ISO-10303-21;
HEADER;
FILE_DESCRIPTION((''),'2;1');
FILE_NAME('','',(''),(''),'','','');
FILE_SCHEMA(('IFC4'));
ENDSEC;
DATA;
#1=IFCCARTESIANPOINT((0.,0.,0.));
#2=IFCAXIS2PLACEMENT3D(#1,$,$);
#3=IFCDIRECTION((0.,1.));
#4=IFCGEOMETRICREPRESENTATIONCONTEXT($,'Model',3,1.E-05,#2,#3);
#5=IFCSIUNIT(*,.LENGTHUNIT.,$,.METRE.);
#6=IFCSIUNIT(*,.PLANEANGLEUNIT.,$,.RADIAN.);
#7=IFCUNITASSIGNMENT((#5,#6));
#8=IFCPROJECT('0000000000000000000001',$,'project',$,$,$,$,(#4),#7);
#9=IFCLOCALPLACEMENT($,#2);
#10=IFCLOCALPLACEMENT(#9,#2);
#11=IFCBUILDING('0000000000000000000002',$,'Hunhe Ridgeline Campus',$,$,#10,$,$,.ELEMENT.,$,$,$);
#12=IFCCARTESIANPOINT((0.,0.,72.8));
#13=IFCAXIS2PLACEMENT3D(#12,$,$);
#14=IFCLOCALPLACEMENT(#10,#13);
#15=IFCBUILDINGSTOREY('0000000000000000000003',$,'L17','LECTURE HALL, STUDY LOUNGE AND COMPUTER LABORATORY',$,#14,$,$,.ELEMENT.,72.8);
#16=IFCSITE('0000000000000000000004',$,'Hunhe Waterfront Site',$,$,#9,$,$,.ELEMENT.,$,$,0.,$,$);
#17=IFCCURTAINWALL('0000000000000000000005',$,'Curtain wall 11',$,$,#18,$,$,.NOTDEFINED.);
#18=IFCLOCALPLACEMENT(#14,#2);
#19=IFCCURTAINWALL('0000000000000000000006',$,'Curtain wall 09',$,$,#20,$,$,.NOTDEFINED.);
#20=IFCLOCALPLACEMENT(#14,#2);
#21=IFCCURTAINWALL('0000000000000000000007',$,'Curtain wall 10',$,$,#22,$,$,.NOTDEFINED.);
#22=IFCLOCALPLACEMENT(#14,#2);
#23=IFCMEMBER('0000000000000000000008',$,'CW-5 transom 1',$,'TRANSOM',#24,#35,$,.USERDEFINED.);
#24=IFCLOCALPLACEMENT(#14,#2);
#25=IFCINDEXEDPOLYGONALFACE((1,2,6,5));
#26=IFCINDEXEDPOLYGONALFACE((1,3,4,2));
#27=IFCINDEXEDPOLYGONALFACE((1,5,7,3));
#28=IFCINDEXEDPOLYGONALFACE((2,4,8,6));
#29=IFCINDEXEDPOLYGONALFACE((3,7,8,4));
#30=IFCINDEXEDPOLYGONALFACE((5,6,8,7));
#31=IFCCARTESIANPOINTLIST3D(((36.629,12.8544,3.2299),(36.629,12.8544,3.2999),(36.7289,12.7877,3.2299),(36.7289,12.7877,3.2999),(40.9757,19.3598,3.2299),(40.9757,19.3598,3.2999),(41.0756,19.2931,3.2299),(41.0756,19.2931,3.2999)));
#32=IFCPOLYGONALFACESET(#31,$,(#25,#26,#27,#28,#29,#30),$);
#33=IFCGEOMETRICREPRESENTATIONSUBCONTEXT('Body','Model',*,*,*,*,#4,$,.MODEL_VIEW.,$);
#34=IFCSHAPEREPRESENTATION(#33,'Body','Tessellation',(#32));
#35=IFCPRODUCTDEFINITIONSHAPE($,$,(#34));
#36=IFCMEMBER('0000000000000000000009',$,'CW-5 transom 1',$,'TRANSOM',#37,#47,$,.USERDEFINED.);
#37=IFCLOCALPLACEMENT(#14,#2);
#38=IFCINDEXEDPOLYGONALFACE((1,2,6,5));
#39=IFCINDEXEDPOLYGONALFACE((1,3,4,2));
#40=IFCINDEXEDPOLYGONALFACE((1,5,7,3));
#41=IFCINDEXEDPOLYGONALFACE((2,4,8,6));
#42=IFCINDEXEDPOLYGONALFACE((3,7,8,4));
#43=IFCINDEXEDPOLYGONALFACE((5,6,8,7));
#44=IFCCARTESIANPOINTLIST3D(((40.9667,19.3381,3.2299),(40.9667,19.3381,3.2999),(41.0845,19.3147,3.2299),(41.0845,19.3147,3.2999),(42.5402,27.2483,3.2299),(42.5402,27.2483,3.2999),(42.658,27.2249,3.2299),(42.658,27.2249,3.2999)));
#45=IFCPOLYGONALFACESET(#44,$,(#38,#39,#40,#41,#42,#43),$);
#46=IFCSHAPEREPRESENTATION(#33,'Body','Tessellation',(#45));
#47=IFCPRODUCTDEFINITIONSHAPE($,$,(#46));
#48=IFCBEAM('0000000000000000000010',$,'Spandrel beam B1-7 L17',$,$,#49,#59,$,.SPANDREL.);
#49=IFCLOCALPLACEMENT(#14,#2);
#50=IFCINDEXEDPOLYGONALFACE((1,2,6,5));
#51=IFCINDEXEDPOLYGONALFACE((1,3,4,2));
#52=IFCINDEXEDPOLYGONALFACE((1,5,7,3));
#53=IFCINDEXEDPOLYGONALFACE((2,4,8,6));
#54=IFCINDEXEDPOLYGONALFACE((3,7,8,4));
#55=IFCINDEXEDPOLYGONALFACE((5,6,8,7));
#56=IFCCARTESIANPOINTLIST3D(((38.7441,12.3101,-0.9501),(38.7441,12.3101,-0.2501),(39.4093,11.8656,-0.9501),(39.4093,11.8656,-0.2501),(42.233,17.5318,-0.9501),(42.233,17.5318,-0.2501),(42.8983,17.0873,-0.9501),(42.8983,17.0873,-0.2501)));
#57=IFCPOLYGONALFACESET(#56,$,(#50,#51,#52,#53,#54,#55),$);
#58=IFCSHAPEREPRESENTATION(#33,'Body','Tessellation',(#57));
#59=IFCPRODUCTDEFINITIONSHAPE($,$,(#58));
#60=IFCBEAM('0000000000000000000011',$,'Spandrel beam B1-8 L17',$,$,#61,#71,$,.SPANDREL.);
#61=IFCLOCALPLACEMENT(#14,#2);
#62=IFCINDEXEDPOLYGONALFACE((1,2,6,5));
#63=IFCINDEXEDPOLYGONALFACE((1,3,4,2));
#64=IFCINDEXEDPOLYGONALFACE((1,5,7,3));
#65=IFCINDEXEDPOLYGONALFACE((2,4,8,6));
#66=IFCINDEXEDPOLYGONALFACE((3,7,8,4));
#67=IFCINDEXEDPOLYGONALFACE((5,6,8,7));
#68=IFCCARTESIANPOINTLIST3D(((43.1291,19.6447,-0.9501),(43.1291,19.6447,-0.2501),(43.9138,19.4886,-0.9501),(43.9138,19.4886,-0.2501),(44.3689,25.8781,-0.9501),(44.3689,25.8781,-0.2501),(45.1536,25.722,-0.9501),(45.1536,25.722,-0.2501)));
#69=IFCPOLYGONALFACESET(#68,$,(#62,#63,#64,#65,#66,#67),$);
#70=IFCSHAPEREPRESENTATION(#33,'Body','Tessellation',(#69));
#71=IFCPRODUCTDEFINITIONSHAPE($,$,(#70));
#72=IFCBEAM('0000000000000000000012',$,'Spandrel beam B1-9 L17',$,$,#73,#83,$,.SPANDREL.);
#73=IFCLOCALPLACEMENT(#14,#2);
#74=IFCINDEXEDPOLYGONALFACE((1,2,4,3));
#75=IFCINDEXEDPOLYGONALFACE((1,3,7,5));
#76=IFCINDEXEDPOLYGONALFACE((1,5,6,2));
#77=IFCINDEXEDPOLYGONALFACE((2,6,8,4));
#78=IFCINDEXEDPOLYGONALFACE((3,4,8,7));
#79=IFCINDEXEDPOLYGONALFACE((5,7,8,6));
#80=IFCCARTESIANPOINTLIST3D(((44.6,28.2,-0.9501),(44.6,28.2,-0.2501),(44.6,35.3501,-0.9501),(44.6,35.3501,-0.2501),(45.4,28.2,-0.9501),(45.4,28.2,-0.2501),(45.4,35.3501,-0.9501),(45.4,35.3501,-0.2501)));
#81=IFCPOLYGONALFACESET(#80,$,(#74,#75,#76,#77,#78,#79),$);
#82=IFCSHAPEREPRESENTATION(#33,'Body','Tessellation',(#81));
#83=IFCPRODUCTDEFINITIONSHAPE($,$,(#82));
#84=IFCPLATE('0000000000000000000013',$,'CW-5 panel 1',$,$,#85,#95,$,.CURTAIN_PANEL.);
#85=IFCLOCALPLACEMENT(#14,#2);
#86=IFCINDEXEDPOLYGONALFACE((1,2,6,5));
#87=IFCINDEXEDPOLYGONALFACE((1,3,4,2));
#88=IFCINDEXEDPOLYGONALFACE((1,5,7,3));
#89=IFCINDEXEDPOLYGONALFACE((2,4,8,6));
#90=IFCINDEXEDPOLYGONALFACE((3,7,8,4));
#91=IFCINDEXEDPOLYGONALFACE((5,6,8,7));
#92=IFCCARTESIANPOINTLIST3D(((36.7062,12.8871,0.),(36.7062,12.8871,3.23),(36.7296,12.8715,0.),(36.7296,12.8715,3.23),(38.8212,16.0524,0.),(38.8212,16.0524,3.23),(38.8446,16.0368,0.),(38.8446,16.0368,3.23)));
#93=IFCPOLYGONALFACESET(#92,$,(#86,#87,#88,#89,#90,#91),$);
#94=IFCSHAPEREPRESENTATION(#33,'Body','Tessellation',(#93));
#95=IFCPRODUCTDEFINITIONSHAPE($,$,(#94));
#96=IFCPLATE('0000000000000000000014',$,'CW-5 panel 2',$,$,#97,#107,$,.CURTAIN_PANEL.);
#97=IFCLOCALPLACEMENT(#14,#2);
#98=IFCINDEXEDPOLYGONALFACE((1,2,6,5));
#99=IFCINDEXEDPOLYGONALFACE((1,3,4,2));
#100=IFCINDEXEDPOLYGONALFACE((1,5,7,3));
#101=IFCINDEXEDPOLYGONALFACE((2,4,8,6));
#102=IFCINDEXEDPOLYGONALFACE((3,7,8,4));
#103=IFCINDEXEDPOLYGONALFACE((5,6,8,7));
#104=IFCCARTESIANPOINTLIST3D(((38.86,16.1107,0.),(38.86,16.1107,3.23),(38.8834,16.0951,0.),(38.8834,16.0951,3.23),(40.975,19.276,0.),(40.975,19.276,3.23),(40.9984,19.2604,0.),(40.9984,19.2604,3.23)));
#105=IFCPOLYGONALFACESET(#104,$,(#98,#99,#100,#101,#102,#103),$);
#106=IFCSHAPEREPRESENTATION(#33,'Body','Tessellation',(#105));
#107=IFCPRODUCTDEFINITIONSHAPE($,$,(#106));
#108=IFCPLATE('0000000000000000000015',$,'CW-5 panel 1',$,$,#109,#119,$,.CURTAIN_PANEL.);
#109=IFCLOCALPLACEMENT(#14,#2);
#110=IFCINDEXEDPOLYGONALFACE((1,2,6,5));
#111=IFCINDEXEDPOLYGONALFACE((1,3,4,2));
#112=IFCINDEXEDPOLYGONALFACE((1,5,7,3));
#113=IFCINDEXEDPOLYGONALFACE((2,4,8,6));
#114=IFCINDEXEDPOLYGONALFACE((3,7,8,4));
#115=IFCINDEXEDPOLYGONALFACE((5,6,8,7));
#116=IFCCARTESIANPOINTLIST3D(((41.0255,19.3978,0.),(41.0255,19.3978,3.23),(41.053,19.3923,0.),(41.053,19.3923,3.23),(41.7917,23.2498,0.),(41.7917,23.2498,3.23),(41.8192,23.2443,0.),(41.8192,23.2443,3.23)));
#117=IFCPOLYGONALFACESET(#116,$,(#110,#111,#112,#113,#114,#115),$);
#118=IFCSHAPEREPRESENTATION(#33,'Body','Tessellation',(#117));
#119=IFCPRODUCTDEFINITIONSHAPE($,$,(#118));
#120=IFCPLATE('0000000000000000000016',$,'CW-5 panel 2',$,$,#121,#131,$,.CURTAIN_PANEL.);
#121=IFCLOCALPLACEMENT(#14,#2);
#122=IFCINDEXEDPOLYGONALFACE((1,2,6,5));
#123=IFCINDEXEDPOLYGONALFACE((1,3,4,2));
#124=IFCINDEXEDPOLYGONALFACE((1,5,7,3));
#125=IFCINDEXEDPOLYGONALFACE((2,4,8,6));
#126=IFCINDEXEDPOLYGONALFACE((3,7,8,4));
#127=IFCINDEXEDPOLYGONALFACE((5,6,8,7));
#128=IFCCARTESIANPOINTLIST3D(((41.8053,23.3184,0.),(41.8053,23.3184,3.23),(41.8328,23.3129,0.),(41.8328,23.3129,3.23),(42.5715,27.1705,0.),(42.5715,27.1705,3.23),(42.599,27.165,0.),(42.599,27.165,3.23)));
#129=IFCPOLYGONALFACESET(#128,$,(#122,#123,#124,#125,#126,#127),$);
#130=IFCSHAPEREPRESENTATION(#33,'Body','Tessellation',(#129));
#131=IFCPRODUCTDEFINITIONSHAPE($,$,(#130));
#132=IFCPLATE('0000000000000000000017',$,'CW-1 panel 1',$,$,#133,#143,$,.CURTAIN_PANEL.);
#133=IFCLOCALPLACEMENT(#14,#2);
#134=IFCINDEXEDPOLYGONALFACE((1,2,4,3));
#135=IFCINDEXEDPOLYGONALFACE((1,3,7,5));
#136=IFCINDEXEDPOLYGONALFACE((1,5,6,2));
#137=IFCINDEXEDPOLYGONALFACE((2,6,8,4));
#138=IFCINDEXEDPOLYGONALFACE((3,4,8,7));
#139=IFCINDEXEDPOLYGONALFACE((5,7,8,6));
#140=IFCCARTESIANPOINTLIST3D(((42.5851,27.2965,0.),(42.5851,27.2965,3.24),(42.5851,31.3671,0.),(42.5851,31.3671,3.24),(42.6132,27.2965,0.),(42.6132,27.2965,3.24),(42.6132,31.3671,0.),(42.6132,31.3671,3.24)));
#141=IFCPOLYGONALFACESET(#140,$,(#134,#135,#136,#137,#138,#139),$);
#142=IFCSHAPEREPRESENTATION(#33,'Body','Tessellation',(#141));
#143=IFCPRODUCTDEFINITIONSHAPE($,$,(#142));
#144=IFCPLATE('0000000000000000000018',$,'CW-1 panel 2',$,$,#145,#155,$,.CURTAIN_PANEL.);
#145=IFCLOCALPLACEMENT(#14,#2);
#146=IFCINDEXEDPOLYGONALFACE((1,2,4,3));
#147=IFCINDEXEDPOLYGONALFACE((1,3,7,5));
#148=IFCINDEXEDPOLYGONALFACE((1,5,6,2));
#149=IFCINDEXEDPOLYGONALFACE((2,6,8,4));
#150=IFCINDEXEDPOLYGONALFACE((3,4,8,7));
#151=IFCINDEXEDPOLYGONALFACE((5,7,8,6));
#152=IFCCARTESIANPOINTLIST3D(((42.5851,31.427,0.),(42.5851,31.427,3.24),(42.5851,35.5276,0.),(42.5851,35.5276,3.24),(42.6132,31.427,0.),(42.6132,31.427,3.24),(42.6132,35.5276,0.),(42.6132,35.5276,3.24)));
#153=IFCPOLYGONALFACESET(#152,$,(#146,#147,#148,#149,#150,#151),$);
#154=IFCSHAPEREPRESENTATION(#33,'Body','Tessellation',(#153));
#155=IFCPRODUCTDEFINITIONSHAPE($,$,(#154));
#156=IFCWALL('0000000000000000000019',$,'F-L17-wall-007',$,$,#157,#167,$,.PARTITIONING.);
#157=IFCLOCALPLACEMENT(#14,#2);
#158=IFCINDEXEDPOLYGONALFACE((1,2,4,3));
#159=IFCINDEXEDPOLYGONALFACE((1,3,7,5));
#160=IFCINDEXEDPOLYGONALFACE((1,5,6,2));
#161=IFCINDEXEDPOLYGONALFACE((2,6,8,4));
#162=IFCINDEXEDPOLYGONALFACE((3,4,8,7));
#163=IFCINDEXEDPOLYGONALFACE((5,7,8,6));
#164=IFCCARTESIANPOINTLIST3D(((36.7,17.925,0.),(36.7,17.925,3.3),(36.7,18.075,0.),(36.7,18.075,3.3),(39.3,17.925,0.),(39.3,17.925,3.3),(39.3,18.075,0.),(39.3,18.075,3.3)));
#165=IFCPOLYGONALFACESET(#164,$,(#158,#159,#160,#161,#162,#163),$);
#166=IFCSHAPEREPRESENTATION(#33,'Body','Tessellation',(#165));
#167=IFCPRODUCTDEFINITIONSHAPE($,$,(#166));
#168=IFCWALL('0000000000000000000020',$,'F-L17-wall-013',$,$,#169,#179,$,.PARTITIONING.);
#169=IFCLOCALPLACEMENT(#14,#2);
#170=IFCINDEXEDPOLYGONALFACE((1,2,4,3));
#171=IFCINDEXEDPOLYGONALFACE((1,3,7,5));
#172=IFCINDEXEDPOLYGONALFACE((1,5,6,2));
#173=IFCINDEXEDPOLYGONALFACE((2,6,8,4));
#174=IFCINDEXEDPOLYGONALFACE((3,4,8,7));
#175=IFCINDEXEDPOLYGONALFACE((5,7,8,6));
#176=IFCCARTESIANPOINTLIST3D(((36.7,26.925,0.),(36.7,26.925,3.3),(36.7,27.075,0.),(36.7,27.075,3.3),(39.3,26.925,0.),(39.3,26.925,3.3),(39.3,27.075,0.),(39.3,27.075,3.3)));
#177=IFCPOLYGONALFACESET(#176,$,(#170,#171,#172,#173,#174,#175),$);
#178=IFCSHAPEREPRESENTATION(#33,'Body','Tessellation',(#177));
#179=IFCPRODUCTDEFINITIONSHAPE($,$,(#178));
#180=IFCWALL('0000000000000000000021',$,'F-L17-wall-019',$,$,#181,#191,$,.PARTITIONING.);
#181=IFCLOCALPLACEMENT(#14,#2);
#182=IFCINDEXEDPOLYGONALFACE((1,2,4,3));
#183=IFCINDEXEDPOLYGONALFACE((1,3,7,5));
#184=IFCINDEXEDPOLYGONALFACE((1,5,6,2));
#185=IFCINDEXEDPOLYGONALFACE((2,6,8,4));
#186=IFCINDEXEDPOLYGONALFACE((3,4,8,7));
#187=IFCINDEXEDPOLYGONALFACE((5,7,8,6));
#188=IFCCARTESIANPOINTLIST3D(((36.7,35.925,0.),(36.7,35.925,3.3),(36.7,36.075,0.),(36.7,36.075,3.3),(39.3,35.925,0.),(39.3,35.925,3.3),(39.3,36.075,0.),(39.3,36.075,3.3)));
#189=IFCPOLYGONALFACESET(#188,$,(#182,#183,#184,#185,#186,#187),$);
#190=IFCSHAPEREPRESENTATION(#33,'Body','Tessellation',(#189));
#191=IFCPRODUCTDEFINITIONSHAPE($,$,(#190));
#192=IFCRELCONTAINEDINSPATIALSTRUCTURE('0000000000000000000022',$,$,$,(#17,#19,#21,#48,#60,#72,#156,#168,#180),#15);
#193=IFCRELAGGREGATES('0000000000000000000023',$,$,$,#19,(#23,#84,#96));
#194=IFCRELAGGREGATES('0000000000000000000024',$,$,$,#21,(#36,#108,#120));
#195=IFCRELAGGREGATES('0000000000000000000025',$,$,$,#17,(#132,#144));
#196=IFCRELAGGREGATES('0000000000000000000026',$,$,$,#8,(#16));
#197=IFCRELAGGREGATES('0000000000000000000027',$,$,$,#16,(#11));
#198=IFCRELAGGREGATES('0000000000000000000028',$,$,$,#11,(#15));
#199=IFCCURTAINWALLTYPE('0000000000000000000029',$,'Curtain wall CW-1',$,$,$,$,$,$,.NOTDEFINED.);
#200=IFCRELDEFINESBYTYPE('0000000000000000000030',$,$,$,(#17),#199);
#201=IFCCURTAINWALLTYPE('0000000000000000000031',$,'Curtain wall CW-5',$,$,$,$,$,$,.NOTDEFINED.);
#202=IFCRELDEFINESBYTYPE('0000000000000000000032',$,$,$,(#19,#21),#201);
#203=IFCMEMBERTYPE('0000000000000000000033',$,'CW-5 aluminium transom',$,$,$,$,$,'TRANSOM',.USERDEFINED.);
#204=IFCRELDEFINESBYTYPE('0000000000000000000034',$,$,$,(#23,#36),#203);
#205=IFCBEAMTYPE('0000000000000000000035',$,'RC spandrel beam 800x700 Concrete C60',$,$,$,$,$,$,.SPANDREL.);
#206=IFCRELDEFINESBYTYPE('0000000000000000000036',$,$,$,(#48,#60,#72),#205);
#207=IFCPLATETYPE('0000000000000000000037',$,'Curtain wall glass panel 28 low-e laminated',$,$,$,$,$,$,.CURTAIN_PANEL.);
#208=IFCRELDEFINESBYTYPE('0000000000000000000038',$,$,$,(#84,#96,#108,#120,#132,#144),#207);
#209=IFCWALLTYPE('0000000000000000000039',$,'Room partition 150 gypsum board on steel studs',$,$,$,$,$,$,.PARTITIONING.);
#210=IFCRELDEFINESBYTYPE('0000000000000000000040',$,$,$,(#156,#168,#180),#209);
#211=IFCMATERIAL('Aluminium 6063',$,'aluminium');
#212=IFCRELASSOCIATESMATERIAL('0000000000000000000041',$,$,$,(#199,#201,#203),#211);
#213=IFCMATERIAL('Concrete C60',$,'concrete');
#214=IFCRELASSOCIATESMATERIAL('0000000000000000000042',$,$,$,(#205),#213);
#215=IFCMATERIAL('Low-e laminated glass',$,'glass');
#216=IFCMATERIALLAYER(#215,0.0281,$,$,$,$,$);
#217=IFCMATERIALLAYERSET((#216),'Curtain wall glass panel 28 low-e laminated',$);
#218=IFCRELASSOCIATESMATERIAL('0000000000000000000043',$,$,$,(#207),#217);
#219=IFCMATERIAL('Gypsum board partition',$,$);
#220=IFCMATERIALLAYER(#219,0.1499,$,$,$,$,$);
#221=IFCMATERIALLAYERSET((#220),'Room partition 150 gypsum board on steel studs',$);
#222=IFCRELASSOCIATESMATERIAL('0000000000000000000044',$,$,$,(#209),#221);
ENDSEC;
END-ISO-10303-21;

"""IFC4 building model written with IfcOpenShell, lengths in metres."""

from ifc_helpers import new_model, si_unit, direction, frame, frame_2d, origin, origin_2d, place, context, subcontext, project, spatial, rectangle, extrude, material, layer, layer_set, material_profile, profile_set, type_object, element, aggregate, save


model = new_model("IFC4")

# Units and contexts
model_context = context("Model", 3, precision=1e-05, world=origin(), true_north=direction((0.0, 1.0)))
body_context = subcontext(model_context, "Body", "Model", "MODEL_VIEW")
ifc_project = project(units=[si_unit("LENGTHUNIT", "METRE"), si_unit("PLANEANGLEUNIT", "RADIAN")], contexts=[model_context])

# Site, building, storey
site_placement = place(None, origin())
site = spatial("IfcSite", under=ifc_project, at=site_placement, Name="Hunhe Waterfront Site", CompositionType="ELEMENT", RefElevation=0.0)
building_placement = place(site_placement, origin())
building = spatial("IfcBuilding", under=site, at=building_placement, Name="Hunhe Ridgeline Campus", CompositionType="ELEMENT")
storey_placement = place(building_placement, frame((0.0, 0.0, 72.8)))
storey = spatial("IfcBuildingStorey", under=building, at=storey_placement, Name="L17", Description="LECTURE HALL, STUDY LOUNGE AND COMPUTER LABORATORY", CompositionType="ELEMENT", Elevation=72.8)

# Curtain wall
ifc_material_1 = material(Name="Aluminium 6063", Category="aluminium")
curtain_wall_type_1 = type_object("IfcCurtainWallType", Name="Curtain wall CW-1", PredefinedType="NOTDEFINED", material=ifc_material_1)
curtain_wall_1_placement = place(storey_placement, origin())
curtain_wall_1 = element("IfcCurtainWall", 1, at=curtain_wall_1_placement, inside=storey, type_object=curtain_wall_type_1, Name="Curtain wall 11", PredefinedType="NOTDEFINED")

# Shared definitions
curtain_wall_type_2 = type_object("IfcCurtainWallType", Name="Curtain wall CW-5", PredefinedType="NOTDEFINED", material=ifc_material_1)

# Curtain walls
curtain_wall_2_placement = place(storey_placement, origin())
curtain_wall_2 = element("IfcCurtainWall", 2, at=curtain_wall_2_placement, inside=storey, type_object=curtain_wall_type_2, Name="Curtain wall 09", PredefinedType="NOTDEFINED")
curtain_wall_3_placement = place(storey_placement, origin())
curtain_wall_3 = element("IfcCurtainWall", 3, at=curtain_wall_3_placement, inside=storey, type_object=curtain_wall_type_2, Name="Curtain wall 10", PredefinedType="NOTDEFINED")

# Members
ifc_material_profile_1 = material_profile(ifc_material_1, rectangle(XDim=0.1201, YDim=0.0701, at=origin_2d()))
ifc_profile_set_1 = profile_set([ifc_material_profile_1], Name="Aluminium 6063")
member_type_1 = type_object("IfcMemberType", Name="CW-5 aluminium transom", ElementType="TRANSOM", PredefinedType="USERDEFINED", material=ifc_profile_set_1)
member_1_placement = place(storey_placement, frame((36.679, 12.821, 3.2649), z_axis=(0.555564, 0.831474, 0.0), x_axis=(-0.831474, 0.555564, 0.0)))
member_1 = element("IfcMember", 4, at=member_1_placement, type_object=member_type_1, Name="CW-5 transom 1", ObjectType="TRANSOM", PredefinedType="USERDEFINED", context=body_context, shape_type="SweptSolid", body=[
    extrude(rectangle(XDim=0.1201, YDim=0.0701, at=origin_2d()), origin(), (0.0, 0.0, 1.0), 7.824),
])
member_2_placement = place(storey_placement, frame((41.0256, 19.3264, 3.2649), z_axis=(0.195097, 0.980784, 0.0), x_axis=(-0.980784, 0.195097, 0.0)))
member_2 = element("IfcMember", 5, at=member_2_placement, type_object=member_type_1, Name="CW-5 transom 1", ObjectType="TRANSOM", PredefinedType="USERDEFINED", context=body_context, shape_type="SweptSolid", body=[
    extrude(rectangle(XDim=0.1201, YDim=0.0701, at=origin_2d()), origin(), (0.0, 0.0, 1.0), 8.0652),
])

# Beams
ifc_material_2 = material(Name="Concrete C60", Category="concrete")
ifc_material_profile_2 = material_profile(ifc_material_2, rectangle(XDim=0.8, YDim=0.7, at=origin_2d()))
ifc_profile_set_2 = profile_set([ifc_material_profile_2], Name="Concrete C60")
beam_type = type_object("IfcBeamType", Name="RC spandrel beam 800x700 Concrete C60", PredefinedType="SPANDREL", material=ifc_profile_set_2)
beam_1_placement = place(storey_placement, frame((39.0767, 12.0879, -0.6001), z_axis=(0.55557, 0.83147, 0.0), x_axis=(-0.83147, 0.55557, 0.0)))
element("IfcBeam", 6, at=beam_1_placement, inside=storey, type_object=beam_type, Name="Spandrel beam B1-7 L17", PredefinedType="SPANDREL", context=body_context, shape_type="SweptSolid", body=[
    extrude(rectangle(XDim=0.8, YDim=0.7, at=origin_2d()), origin(), (0.0, 0.0, 1.0), 6.28),
])
beam_2_placement = place(storey_placement, frame((43.5215, 19.5667, -0.6001), z_axis=(0.195067, 0.98079, 0.0), x_axis=(-0.98079, 0.195067, 0.0)))
element("IfcBeam", 7, at=beam_2_placement, inside=storey, type_object=beam_type, Name="Spandrel beam B1-8 L17", PredefinedType="SPANDREL", context=body_context, shape_type="SweptSolid", body=[
    extrude(rectangle(XDim=0.8, YDim=0.7, at=origin_2d()), origin(), (0.0, 0.0, 1.0), 6.3555),
])
beam_3_placement = place(storey_placement, frame((45.0, 28.2, -0.6001), z_axis=(0.0, 1.0, 0.0), x_axis=(-1.0, 0.0, 0.0)))
element("IfcBeam", 8, at=beam_3_placement, inside=storey, type_object=beam_type, Name="Spandrel beam B1-9 L17", PredefinedType="SPANDREL", context=body_context, shape_type="SweptSolid", body=[
    extrude(rectangle(XDim=0.8, YDim=0.7, at=origin_2d()), origin(), (0.0, 0.0, 1.0), 7.1501),
])

# Plates
ifc_material_3 = material(Name="Low-e laminated glass", Category="glass")
ifc_layer_1 = layer(ifc_material_3, 0.0281)
ifc_layer_set_1 = layer_set([ifc_layer_1], Name="Curtain wall glass panel 28 low-e laminated")
plate_type = type_object("IfcPlateType", Name="Curtain wall glass panel 28 low-e laminated", PredefinedType="CURTAIN_PANEL", material=ifc_layer_set_1)
plate_1_placement = place(storey_placement, frame((37.7754, 14.4619, 0.0), z_axis=(0.0, 0.0, 1.0), x_axis=(0.55557, 0.83147, 0.0)))
plate_1 = element("IfcPlate", 9, at=plate_1_placement, type_object=plate_type, Name="CW-5 panel 1", PredefinedType="CURTAIN_PANEL", context=body_context, shape_type="SweptSolid", body=[
    extrude(rectangle(XDim=3.8069, YDim=0.0281, at=origin_2d()), origin(), (0.0, 0.0, 1.0), 3.23),
])
plate_2_placement = place(storey_placement, frame((39.9292, 17.6855, 0.0), z_axis=(0.0, 0.0, 1.0), x_axis=(0.55557, 0.83147, 0.0)))
plate_2 = element("IfcPlate", 10, at=plate_2_placement, type_object=plate_type, Name="CW-5 panel 2", PredefinedType="CURTAIN_PANEL", context=body_context, shape_type="SweptSolid", body=[
    extrude(rectangle(XDim=3.8069, YDim=0.0281, at=origin_2d()), origin(), (0.0, 0.0, 1.0), 3.23),
])
aggregate(curtain_wall_2, [member_1, plate_1, plate_2])
plate_3_placement = place(storey_placement, frame((41.4224, 21.321, 0.0), z_axis=(0.0, 0.0, 1.0), x_axis=(0.19509, 0.980785, 0.0)))
plate_3 = element("IfcPlate", 11, at=plate_3_placement, type_object=plate_type, Name="CW-5 panel 1", PredefinedType="CURTAIN_PANEL", context=body_context, shape_type="SweptSolid", body=[
    extrude(rectangle(XDim=3.9275, YDim=0.0281, at=origin_2d()), origin(), (0.0, 0.0, 1.0), 3.23),
])
plate_4_placement = place(storey_placement, frame((42.2021, 25.2417, 0.0), z_axis=(0.0, 0.0, 1.0), x_axis=(0.19509, 0.980785, 0.0)))
plate_4 = element("IfcPlate", 12, at=plate_4_placement, type_object=plate_type, Name="CW-5 panel 2", PredefinedType="CURTAIN_PANEL", context=body_context, shape_type="SweptSolid", body=[
    extrude(rectangle(XDim=3.9275, YDim=0.0281, at=origin_2d()), origin(), (0.0, 0.0, 1.0), 3.23),
])
aggregate(curtain_wall_3, [member_2, plate_3, plate_4])
plate_5_placement = place(storey_placement, frame((42.5991, 29.3318, 0.0), z_axis=(0.0, 0.0, 1.0), x_axis=(0.0, 1.0, 0.0)))
plate_5 = element("IfcPlate", 13, at=plate_5_placement, type_object=plate_type, Name="CW-1 panel 1", PredefinedType="CURTAIN_PANEL", context=body_context, shape_type="SweptSolid", body=[
    extrude(rectangle(XDim=4.0706, YDim=0.0281, at=origin_2d()), origin(), (0.0, 0.0, 1.0), 3.24),
])
plate_6_placement = place(storey_placement, frame((42.5991, 33.4773, 0.0), z_axis=(0.0, 0.0, 1.0), x_axis=(0.0, 1.0, 0.0)))
plate_6 = element("IfcPlate", 14, at=plate_6_placement, type_object=plate_type, Name="CW-1 panel 2", PredefinedType="CURTAIN_PANEL", context=body_context, shape_type="SweptSolid", body=[
    extrude(rectangle(XDim=4.1006, YDim=0.0281, at=origin_2d()), origin(), (0.0, 0.0, 1.0), 3.24),
])
aggregate(curtain_wall_1, [plate_5, plate_6])

# Shared definitions
ifc_material_4 = material(Name="Gypsum board partition")

# Walls
ifc_layer_2 = layer(ifc_material_4, 0.1499)
ifc_layer_set_2 = layer_set([ifc_layer_2], Name="Room partition 150 gypsum board on steel studs")
wall_type_1 = type_object("IfcWallType", Name="Room partition 150 gypsum board on steel studs", PredefinedType="PARTITIONING", material=ifc_layer_set_2)
for number, where, z_axis, x_axis, name in (
    (15, (36.7, 18.0, 0.0), (0.0, 0.0, 1.0), (1.0, 0.0, 0.0), "F-L17-wall-007"),
    (16, (36.7, 27.0, 0.0), (0.0, 0.0, 1.0), (1.0, 0.0, 0.0), "F-L17-wall-013"),
    (17, (36.7, 36.0, 0.0), (0.0, 0.0, 1.0), (1.0, 0.0, 0.0), "F-L17-wall-019"),
):
    element("IfcWall", number, at=place(storey_placement, frame(where, z_axis=z_axis, x_axis=x_axis)), inside=storey, type_object=wall_type_1, Name=name, PredefinedType="PARTITIONING", context=body_context, shape_type="SweptSolid", body=[
        extrude(rectangle(XDim=2.6001, YDim=0.1499, at=frame_2d((1.3, 0.0))), origin(), (0.0, 0.0, 1.0), 3.3),
    ])

save(model, "model.ifc")
